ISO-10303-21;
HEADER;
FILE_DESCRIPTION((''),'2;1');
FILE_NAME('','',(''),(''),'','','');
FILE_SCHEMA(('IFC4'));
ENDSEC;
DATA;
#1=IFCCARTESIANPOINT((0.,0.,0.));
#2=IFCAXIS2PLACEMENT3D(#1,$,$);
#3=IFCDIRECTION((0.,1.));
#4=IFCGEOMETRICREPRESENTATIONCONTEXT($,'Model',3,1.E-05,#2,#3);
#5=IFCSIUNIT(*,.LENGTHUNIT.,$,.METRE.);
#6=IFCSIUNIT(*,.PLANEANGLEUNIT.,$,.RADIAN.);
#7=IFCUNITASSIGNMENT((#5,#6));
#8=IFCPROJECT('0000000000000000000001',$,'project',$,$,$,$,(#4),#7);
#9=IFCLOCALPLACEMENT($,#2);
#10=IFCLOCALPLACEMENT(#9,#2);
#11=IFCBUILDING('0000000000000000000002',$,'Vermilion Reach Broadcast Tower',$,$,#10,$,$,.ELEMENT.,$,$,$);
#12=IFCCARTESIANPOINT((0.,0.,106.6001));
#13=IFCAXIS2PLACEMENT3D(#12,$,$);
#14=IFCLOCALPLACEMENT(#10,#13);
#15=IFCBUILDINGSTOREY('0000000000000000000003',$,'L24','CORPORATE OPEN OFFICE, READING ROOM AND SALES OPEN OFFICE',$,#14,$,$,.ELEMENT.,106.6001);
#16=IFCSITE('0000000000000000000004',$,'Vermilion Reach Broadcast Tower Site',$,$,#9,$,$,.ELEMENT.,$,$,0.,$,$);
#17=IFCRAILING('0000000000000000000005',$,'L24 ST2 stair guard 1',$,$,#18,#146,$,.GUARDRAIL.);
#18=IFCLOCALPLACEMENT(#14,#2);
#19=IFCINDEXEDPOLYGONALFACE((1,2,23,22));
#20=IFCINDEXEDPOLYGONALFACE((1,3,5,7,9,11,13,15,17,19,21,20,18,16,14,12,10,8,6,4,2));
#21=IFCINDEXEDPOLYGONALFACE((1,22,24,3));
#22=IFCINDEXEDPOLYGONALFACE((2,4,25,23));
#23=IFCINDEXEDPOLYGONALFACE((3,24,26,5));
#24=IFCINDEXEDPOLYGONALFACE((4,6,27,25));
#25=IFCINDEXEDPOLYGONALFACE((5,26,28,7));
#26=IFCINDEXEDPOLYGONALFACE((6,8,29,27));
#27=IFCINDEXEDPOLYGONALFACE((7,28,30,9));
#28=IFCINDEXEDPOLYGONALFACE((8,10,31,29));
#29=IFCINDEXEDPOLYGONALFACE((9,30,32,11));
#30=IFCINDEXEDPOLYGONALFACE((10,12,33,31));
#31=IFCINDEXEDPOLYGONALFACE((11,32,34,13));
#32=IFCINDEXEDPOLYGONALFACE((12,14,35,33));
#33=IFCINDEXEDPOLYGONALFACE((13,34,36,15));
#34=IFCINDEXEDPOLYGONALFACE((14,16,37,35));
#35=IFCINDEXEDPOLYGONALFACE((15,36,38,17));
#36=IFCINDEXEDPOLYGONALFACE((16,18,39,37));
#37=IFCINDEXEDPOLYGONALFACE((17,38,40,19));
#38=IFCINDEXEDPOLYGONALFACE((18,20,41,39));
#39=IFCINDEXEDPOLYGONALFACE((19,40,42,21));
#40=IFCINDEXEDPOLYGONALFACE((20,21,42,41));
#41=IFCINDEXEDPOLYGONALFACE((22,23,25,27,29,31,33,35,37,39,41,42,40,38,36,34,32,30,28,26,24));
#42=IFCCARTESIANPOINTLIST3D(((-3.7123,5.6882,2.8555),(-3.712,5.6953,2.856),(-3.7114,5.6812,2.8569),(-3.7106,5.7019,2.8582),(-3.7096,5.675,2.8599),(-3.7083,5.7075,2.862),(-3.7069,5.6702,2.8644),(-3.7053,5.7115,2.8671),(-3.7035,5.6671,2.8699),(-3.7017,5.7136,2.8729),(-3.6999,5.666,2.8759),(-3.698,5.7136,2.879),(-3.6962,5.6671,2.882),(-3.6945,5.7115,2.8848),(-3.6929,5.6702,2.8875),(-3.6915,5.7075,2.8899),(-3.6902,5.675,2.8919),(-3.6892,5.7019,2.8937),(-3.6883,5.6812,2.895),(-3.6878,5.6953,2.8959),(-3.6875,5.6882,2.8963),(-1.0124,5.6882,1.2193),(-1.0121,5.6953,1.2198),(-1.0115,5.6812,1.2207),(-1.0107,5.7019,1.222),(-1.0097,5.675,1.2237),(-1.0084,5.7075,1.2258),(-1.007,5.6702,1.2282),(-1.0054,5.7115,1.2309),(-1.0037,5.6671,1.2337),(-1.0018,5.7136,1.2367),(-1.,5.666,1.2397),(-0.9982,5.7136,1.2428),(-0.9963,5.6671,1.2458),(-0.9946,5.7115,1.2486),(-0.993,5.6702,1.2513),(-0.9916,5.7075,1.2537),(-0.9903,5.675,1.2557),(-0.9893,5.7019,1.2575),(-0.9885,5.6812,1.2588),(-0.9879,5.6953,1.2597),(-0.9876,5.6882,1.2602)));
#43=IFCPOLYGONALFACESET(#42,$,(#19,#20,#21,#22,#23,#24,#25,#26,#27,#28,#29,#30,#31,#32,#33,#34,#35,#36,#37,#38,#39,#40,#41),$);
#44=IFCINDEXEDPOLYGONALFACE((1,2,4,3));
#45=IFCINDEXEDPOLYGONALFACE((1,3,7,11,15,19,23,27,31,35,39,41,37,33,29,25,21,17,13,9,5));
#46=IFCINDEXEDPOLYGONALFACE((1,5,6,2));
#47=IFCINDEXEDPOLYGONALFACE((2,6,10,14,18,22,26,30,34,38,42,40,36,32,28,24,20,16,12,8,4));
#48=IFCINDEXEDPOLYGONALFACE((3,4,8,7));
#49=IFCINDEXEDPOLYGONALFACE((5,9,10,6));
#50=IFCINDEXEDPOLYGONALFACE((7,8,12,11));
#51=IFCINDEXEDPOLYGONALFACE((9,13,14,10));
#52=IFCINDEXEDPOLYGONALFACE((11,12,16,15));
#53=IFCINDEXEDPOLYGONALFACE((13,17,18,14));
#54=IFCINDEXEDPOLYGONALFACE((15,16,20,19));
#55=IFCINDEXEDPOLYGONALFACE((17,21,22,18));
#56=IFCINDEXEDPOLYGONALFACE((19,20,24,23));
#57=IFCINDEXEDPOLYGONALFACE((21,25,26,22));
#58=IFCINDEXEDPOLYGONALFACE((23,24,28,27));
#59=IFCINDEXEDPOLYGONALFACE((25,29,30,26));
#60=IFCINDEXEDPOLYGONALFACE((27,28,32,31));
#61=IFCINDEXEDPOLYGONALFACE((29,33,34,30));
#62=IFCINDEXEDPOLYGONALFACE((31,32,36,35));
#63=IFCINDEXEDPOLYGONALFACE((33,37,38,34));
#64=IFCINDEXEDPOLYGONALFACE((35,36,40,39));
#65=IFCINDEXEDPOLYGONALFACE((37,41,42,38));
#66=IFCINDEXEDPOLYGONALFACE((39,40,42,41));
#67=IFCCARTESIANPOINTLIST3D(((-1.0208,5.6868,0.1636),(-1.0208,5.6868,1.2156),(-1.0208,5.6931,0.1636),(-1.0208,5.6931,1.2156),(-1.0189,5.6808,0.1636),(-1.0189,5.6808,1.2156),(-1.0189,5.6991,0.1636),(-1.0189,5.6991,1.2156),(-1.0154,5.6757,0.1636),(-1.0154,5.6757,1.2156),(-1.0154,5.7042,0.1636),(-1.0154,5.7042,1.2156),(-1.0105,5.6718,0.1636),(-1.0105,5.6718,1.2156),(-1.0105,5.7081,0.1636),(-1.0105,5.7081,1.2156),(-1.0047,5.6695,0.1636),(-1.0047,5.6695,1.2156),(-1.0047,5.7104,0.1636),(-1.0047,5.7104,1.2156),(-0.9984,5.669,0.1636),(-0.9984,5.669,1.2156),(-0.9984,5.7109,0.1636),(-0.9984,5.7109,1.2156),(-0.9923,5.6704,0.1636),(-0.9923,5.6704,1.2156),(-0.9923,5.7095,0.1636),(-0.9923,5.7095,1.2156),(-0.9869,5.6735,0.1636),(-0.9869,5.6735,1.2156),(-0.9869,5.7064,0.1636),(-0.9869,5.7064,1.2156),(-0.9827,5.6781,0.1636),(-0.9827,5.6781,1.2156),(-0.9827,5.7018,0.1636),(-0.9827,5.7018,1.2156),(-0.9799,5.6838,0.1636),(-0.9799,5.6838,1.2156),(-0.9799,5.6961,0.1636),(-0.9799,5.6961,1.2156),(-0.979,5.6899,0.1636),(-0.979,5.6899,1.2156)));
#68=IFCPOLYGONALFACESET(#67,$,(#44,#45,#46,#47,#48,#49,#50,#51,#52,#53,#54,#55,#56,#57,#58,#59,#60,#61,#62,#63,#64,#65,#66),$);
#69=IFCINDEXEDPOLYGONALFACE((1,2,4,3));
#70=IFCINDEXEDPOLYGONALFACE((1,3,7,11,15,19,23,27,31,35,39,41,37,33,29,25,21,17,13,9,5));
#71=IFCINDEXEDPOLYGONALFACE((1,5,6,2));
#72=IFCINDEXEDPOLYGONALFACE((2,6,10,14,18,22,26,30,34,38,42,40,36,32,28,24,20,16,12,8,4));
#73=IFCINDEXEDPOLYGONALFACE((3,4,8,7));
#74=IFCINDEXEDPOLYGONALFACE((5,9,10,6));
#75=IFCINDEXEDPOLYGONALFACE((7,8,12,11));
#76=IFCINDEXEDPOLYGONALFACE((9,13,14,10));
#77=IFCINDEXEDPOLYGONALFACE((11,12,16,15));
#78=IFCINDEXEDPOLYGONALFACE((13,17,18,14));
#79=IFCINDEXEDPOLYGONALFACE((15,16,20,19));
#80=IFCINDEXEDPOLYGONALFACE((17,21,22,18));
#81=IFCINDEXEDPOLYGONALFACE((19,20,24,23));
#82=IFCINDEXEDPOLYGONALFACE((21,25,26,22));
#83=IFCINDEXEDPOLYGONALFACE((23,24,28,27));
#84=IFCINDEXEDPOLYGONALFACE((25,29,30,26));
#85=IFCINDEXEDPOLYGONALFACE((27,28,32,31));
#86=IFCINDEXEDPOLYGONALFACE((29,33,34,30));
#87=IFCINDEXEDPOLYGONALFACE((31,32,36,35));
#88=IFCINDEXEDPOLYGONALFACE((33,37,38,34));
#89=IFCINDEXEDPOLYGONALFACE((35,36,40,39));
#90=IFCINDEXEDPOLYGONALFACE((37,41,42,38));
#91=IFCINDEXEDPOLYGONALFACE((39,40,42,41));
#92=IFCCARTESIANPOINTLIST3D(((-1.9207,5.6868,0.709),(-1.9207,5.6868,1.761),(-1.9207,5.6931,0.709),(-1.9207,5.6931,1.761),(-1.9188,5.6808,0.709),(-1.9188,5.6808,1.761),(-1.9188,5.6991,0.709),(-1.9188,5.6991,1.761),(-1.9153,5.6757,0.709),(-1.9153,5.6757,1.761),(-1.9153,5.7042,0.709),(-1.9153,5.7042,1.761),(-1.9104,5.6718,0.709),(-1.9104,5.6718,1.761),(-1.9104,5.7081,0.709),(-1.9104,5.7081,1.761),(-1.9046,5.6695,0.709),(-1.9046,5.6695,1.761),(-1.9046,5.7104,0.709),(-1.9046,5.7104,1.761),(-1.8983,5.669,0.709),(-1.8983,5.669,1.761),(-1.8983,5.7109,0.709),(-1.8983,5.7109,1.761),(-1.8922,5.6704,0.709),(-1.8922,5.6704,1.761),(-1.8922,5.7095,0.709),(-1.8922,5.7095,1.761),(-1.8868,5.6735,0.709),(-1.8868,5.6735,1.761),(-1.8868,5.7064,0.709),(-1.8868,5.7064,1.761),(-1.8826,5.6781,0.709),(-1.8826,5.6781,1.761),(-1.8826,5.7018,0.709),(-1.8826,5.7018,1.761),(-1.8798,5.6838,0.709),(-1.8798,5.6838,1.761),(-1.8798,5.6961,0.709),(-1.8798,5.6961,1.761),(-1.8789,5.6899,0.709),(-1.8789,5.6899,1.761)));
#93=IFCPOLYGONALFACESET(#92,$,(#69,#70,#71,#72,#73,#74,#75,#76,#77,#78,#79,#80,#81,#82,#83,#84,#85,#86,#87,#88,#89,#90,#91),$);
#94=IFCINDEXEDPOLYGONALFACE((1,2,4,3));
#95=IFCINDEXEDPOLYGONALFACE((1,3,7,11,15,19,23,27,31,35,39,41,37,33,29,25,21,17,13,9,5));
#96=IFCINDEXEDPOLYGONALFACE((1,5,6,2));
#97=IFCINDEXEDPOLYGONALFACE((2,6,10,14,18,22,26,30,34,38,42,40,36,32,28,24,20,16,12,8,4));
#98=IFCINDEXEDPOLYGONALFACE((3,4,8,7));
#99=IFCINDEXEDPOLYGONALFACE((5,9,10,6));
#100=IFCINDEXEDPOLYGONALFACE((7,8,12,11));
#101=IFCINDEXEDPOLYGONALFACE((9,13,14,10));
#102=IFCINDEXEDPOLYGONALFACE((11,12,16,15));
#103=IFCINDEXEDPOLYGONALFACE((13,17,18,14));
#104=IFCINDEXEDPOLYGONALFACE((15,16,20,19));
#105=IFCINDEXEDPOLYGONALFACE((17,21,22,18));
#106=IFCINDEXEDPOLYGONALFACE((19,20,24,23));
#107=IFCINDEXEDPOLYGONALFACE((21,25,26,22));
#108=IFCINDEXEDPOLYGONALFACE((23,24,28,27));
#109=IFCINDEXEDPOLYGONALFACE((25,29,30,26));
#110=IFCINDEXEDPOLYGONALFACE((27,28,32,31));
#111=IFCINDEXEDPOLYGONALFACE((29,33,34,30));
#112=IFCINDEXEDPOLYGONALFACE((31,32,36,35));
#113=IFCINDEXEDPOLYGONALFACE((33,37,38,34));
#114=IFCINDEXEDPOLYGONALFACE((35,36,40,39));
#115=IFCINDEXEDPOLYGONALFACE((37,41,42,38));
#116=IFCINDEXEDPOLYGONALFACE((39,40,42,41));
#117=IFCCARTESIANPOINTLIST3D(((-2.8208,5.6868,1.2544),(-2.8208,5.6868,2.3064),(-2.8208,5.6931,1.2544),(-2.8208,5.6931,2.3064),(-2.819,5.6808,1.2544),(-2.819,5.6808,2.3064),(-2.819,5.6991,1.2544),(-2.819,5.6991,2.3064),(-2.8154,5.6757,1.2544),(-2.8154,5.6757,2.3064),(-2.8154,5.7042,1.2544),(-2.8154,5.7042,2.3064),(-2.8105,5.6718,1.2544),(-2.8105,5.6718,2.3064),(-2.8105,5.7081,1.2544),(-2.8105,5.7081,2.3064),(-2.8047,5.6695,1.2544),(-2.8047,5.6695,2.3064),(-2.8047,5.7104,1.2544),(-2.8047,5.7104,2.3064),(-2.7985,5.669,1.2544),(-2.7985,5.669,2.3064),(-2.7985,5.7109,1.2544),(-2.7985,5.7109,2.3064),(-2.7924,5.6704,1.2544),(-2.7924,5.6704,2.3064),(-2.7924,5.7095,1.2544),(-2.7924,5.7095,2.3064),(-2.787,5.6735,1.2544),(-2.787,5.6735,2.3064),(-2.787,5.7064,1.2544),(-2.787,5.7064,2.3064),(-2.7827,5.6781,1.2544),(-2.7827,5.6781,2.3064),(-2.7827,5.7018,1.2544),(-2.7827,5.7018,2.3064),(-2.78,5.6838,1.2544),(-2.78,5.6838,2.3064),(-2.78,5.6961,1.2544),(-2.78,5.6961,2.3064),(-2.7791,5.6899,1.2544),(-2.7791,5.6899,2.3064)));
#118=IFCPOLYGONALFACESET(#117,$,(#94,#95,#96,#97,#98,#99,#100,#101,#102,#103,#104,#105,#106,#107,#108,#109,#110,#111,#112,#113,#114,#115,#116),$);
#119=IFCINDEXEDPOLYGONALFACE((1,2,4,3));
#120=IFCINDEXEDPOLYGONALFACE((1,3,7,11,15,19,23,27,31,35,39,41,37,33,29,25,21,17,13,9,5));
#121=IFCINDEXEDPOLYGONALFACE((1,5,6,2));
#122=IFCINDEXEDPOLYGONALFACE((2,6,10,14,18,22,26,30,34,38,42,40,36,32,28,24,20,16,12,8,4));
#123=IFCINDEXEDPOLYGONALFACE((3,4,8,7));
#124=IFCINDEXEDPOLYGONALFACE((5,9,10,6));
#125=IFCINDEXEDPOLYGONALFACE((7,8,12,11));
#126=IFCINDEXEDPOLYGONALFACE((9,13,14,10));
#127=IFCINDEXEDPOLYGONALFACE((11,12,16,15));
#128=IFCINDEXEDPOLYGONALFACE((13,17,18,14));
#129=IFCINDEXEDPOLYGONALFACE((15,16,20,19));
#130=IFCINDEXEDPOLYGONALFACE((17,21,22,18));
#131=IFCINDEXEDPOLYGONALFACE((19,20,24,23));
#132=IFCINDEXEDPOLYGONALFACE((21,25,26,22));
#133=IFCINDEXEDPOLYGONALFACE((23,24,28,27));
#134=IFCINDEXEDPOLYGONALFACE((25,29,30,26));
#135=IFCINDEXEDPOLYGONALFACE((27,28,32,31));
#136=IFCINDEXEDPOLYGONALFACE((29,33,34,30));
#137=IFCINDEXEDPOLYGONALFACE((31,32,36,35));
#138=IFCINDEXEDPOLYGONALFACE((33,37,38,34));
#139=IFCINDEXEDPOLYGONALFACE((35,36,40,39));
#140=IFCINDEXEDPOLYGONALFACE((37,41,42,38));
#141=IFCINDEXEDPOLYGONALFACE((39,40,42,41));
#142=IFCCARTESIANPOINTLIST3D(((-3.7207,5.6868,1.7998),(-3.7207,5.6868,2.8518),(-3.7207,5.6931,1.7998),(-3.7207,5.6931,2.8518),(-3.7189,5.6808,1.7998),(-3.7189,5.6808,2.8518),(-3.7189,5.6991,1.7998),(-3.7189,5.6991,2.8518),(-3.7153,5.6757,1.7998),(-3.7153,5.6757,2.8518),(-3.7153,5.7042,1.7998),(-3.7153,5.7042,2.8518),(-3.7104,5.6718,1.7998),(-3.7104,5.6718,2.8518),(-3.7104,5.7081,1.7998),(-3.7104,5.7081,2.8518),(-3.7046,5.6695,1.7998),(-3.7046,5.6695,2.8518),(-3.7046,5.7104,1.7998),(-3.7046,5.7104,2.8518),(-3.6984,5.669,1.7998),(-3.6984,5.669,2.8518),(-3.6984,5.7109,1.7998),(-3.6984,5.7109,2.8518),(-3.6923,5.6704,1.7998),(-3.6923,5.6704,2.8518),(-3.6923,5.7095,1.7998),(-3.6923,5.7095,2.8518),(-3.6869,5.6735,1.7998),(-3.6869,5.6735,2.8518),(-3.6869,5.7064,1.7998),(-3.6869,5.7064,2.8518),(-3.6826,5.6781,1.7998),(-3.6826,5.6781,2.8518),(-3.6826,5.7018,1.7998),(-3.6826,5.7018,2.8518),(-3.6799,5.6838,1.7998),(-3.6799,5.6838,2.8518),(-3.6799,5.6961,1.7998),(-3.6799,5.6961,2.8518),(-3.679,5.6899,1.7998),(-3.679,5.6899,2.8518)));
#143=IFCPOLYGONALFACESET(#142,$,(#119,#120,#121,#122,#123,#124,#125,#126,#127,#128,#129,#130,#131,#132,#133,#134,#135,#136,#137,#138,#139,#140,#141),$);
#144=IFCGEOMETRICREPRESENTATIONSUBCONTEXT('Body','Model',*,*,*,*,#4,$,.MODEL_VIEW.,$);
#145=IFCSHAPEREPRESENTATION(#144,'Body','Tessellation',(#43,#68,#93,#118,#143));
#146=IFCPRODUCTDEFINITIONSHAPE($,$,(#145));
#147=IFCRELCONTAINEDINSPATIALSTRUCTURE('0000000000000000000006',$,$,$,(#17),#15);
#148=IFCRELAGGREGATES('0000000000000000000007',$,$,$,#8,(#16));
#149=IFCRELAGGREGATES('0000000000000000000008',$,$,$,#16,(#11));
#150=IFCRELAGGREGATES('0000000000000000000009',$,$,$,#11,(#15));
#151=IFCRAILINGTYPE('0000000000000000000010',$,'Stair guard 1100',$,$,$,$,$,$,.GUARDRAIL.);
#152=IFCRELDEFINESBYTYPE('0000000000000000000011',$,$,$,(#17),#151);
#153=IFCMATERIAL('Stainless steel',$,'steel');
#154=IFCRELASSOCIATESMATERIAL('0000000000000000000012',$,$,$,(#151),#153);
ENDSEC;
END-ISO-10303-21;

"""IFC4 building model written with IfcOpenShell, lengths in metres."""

from ifc_helpers import new_model, si_unit, direction, frame, origin, origin_2d, place, context, subcontext, project, spatial, circle, extrude, material, type_object, element, save


model = new_model("IFC4")

# Units and contexts
model_context = context("Model", 3, precision=1e-05, world=origin(), true_north=direction((0.0, 1.0)))
body_context = subcontext(model_context, "Body", "Model", "MODEL_VIEW")
ifc_project = project(units=[si_unit("LENGTHUNIT", "METRE"), si_unit("PLANEANGLEUNIT", "RADIAN")], contexts=[model_context])

# Site, building, storey
site_placement = place(None, origin())
site = spatial("IfcSite", under=ifc_project, at=site_placement, Name="Vermilion Reach Broadcast Tower Site", CompositionType="ELEMENT", RefElevation=0.0)
building_placement = place(site_placement, origin())
building = spatial("IfcBuilding", under=site, at=building_placement, Name="Vermilion Reach Broadcast Tower", CompositionType="ELEMENT")
storey_placement = place(building_placement, frame((0.0, 0.0, 106.6001)))
storey = spatial("IfcBuildingStorey", under=building, at=storey_placement, Name="L24", Description="CORPORATE OPEN OFFICE, READING ROOM AND SALES OPEN OFFICE", CompositionType="ELEMENT", Elevation=106.6001)

# Railing
ifc_material_1 = material(Name="Stainless steel", Category="steel")
railing_type_1 = type_object("IfcRailingType", Name="Stair guard 1100", PredefinedType="GUARDRAIL", material=ifc_material_1)
railing_1_placement = place(storey_placement, frame((-1.0, 5.6899, 0.1636)))
element("IfcRailing", 1, at=railing_1_placement, inside=storey, type_object=railing_type_1, Name="L24 ST2 stair guard 1", PredefinedType="GUARDRAIL", context=body_context, shape_type="SweptSolid", body=[
    extrude(circle(Radius=0.0239, at=origin_2d()), frame((0.0, 0.0, 1.0762), z_axis=(-0.855212, 0.0, 0.518278), x_axis=(0.0, -1.0, 0.0)), (0.0, 0.0, 1.0), 3.157),
    extrude(circle(Radius=0.021, at=origin_2d()), origin(), (0.0, 0.0, 1.0), 1.052),
    extrude(circle(Radius=0.021, at=origin_2d()), frame((-0.8999, 0.0, 0.5454)), (0.0, 0.0, 1.0), 1.052),
    extrude(circle(Radius=0.021, at=origin_2d()), frame((-1.8, 0.0, 1.0908)), (0.0, 0.0, 1.0), 1.052),
    extrude(circle(Radius=0.021, at=origin_2d()), frame((-2.7, 0.0, 1.6362)), (0.0, 0.0, 1.0), 1.052),
])

save(model, "model.ifc")
